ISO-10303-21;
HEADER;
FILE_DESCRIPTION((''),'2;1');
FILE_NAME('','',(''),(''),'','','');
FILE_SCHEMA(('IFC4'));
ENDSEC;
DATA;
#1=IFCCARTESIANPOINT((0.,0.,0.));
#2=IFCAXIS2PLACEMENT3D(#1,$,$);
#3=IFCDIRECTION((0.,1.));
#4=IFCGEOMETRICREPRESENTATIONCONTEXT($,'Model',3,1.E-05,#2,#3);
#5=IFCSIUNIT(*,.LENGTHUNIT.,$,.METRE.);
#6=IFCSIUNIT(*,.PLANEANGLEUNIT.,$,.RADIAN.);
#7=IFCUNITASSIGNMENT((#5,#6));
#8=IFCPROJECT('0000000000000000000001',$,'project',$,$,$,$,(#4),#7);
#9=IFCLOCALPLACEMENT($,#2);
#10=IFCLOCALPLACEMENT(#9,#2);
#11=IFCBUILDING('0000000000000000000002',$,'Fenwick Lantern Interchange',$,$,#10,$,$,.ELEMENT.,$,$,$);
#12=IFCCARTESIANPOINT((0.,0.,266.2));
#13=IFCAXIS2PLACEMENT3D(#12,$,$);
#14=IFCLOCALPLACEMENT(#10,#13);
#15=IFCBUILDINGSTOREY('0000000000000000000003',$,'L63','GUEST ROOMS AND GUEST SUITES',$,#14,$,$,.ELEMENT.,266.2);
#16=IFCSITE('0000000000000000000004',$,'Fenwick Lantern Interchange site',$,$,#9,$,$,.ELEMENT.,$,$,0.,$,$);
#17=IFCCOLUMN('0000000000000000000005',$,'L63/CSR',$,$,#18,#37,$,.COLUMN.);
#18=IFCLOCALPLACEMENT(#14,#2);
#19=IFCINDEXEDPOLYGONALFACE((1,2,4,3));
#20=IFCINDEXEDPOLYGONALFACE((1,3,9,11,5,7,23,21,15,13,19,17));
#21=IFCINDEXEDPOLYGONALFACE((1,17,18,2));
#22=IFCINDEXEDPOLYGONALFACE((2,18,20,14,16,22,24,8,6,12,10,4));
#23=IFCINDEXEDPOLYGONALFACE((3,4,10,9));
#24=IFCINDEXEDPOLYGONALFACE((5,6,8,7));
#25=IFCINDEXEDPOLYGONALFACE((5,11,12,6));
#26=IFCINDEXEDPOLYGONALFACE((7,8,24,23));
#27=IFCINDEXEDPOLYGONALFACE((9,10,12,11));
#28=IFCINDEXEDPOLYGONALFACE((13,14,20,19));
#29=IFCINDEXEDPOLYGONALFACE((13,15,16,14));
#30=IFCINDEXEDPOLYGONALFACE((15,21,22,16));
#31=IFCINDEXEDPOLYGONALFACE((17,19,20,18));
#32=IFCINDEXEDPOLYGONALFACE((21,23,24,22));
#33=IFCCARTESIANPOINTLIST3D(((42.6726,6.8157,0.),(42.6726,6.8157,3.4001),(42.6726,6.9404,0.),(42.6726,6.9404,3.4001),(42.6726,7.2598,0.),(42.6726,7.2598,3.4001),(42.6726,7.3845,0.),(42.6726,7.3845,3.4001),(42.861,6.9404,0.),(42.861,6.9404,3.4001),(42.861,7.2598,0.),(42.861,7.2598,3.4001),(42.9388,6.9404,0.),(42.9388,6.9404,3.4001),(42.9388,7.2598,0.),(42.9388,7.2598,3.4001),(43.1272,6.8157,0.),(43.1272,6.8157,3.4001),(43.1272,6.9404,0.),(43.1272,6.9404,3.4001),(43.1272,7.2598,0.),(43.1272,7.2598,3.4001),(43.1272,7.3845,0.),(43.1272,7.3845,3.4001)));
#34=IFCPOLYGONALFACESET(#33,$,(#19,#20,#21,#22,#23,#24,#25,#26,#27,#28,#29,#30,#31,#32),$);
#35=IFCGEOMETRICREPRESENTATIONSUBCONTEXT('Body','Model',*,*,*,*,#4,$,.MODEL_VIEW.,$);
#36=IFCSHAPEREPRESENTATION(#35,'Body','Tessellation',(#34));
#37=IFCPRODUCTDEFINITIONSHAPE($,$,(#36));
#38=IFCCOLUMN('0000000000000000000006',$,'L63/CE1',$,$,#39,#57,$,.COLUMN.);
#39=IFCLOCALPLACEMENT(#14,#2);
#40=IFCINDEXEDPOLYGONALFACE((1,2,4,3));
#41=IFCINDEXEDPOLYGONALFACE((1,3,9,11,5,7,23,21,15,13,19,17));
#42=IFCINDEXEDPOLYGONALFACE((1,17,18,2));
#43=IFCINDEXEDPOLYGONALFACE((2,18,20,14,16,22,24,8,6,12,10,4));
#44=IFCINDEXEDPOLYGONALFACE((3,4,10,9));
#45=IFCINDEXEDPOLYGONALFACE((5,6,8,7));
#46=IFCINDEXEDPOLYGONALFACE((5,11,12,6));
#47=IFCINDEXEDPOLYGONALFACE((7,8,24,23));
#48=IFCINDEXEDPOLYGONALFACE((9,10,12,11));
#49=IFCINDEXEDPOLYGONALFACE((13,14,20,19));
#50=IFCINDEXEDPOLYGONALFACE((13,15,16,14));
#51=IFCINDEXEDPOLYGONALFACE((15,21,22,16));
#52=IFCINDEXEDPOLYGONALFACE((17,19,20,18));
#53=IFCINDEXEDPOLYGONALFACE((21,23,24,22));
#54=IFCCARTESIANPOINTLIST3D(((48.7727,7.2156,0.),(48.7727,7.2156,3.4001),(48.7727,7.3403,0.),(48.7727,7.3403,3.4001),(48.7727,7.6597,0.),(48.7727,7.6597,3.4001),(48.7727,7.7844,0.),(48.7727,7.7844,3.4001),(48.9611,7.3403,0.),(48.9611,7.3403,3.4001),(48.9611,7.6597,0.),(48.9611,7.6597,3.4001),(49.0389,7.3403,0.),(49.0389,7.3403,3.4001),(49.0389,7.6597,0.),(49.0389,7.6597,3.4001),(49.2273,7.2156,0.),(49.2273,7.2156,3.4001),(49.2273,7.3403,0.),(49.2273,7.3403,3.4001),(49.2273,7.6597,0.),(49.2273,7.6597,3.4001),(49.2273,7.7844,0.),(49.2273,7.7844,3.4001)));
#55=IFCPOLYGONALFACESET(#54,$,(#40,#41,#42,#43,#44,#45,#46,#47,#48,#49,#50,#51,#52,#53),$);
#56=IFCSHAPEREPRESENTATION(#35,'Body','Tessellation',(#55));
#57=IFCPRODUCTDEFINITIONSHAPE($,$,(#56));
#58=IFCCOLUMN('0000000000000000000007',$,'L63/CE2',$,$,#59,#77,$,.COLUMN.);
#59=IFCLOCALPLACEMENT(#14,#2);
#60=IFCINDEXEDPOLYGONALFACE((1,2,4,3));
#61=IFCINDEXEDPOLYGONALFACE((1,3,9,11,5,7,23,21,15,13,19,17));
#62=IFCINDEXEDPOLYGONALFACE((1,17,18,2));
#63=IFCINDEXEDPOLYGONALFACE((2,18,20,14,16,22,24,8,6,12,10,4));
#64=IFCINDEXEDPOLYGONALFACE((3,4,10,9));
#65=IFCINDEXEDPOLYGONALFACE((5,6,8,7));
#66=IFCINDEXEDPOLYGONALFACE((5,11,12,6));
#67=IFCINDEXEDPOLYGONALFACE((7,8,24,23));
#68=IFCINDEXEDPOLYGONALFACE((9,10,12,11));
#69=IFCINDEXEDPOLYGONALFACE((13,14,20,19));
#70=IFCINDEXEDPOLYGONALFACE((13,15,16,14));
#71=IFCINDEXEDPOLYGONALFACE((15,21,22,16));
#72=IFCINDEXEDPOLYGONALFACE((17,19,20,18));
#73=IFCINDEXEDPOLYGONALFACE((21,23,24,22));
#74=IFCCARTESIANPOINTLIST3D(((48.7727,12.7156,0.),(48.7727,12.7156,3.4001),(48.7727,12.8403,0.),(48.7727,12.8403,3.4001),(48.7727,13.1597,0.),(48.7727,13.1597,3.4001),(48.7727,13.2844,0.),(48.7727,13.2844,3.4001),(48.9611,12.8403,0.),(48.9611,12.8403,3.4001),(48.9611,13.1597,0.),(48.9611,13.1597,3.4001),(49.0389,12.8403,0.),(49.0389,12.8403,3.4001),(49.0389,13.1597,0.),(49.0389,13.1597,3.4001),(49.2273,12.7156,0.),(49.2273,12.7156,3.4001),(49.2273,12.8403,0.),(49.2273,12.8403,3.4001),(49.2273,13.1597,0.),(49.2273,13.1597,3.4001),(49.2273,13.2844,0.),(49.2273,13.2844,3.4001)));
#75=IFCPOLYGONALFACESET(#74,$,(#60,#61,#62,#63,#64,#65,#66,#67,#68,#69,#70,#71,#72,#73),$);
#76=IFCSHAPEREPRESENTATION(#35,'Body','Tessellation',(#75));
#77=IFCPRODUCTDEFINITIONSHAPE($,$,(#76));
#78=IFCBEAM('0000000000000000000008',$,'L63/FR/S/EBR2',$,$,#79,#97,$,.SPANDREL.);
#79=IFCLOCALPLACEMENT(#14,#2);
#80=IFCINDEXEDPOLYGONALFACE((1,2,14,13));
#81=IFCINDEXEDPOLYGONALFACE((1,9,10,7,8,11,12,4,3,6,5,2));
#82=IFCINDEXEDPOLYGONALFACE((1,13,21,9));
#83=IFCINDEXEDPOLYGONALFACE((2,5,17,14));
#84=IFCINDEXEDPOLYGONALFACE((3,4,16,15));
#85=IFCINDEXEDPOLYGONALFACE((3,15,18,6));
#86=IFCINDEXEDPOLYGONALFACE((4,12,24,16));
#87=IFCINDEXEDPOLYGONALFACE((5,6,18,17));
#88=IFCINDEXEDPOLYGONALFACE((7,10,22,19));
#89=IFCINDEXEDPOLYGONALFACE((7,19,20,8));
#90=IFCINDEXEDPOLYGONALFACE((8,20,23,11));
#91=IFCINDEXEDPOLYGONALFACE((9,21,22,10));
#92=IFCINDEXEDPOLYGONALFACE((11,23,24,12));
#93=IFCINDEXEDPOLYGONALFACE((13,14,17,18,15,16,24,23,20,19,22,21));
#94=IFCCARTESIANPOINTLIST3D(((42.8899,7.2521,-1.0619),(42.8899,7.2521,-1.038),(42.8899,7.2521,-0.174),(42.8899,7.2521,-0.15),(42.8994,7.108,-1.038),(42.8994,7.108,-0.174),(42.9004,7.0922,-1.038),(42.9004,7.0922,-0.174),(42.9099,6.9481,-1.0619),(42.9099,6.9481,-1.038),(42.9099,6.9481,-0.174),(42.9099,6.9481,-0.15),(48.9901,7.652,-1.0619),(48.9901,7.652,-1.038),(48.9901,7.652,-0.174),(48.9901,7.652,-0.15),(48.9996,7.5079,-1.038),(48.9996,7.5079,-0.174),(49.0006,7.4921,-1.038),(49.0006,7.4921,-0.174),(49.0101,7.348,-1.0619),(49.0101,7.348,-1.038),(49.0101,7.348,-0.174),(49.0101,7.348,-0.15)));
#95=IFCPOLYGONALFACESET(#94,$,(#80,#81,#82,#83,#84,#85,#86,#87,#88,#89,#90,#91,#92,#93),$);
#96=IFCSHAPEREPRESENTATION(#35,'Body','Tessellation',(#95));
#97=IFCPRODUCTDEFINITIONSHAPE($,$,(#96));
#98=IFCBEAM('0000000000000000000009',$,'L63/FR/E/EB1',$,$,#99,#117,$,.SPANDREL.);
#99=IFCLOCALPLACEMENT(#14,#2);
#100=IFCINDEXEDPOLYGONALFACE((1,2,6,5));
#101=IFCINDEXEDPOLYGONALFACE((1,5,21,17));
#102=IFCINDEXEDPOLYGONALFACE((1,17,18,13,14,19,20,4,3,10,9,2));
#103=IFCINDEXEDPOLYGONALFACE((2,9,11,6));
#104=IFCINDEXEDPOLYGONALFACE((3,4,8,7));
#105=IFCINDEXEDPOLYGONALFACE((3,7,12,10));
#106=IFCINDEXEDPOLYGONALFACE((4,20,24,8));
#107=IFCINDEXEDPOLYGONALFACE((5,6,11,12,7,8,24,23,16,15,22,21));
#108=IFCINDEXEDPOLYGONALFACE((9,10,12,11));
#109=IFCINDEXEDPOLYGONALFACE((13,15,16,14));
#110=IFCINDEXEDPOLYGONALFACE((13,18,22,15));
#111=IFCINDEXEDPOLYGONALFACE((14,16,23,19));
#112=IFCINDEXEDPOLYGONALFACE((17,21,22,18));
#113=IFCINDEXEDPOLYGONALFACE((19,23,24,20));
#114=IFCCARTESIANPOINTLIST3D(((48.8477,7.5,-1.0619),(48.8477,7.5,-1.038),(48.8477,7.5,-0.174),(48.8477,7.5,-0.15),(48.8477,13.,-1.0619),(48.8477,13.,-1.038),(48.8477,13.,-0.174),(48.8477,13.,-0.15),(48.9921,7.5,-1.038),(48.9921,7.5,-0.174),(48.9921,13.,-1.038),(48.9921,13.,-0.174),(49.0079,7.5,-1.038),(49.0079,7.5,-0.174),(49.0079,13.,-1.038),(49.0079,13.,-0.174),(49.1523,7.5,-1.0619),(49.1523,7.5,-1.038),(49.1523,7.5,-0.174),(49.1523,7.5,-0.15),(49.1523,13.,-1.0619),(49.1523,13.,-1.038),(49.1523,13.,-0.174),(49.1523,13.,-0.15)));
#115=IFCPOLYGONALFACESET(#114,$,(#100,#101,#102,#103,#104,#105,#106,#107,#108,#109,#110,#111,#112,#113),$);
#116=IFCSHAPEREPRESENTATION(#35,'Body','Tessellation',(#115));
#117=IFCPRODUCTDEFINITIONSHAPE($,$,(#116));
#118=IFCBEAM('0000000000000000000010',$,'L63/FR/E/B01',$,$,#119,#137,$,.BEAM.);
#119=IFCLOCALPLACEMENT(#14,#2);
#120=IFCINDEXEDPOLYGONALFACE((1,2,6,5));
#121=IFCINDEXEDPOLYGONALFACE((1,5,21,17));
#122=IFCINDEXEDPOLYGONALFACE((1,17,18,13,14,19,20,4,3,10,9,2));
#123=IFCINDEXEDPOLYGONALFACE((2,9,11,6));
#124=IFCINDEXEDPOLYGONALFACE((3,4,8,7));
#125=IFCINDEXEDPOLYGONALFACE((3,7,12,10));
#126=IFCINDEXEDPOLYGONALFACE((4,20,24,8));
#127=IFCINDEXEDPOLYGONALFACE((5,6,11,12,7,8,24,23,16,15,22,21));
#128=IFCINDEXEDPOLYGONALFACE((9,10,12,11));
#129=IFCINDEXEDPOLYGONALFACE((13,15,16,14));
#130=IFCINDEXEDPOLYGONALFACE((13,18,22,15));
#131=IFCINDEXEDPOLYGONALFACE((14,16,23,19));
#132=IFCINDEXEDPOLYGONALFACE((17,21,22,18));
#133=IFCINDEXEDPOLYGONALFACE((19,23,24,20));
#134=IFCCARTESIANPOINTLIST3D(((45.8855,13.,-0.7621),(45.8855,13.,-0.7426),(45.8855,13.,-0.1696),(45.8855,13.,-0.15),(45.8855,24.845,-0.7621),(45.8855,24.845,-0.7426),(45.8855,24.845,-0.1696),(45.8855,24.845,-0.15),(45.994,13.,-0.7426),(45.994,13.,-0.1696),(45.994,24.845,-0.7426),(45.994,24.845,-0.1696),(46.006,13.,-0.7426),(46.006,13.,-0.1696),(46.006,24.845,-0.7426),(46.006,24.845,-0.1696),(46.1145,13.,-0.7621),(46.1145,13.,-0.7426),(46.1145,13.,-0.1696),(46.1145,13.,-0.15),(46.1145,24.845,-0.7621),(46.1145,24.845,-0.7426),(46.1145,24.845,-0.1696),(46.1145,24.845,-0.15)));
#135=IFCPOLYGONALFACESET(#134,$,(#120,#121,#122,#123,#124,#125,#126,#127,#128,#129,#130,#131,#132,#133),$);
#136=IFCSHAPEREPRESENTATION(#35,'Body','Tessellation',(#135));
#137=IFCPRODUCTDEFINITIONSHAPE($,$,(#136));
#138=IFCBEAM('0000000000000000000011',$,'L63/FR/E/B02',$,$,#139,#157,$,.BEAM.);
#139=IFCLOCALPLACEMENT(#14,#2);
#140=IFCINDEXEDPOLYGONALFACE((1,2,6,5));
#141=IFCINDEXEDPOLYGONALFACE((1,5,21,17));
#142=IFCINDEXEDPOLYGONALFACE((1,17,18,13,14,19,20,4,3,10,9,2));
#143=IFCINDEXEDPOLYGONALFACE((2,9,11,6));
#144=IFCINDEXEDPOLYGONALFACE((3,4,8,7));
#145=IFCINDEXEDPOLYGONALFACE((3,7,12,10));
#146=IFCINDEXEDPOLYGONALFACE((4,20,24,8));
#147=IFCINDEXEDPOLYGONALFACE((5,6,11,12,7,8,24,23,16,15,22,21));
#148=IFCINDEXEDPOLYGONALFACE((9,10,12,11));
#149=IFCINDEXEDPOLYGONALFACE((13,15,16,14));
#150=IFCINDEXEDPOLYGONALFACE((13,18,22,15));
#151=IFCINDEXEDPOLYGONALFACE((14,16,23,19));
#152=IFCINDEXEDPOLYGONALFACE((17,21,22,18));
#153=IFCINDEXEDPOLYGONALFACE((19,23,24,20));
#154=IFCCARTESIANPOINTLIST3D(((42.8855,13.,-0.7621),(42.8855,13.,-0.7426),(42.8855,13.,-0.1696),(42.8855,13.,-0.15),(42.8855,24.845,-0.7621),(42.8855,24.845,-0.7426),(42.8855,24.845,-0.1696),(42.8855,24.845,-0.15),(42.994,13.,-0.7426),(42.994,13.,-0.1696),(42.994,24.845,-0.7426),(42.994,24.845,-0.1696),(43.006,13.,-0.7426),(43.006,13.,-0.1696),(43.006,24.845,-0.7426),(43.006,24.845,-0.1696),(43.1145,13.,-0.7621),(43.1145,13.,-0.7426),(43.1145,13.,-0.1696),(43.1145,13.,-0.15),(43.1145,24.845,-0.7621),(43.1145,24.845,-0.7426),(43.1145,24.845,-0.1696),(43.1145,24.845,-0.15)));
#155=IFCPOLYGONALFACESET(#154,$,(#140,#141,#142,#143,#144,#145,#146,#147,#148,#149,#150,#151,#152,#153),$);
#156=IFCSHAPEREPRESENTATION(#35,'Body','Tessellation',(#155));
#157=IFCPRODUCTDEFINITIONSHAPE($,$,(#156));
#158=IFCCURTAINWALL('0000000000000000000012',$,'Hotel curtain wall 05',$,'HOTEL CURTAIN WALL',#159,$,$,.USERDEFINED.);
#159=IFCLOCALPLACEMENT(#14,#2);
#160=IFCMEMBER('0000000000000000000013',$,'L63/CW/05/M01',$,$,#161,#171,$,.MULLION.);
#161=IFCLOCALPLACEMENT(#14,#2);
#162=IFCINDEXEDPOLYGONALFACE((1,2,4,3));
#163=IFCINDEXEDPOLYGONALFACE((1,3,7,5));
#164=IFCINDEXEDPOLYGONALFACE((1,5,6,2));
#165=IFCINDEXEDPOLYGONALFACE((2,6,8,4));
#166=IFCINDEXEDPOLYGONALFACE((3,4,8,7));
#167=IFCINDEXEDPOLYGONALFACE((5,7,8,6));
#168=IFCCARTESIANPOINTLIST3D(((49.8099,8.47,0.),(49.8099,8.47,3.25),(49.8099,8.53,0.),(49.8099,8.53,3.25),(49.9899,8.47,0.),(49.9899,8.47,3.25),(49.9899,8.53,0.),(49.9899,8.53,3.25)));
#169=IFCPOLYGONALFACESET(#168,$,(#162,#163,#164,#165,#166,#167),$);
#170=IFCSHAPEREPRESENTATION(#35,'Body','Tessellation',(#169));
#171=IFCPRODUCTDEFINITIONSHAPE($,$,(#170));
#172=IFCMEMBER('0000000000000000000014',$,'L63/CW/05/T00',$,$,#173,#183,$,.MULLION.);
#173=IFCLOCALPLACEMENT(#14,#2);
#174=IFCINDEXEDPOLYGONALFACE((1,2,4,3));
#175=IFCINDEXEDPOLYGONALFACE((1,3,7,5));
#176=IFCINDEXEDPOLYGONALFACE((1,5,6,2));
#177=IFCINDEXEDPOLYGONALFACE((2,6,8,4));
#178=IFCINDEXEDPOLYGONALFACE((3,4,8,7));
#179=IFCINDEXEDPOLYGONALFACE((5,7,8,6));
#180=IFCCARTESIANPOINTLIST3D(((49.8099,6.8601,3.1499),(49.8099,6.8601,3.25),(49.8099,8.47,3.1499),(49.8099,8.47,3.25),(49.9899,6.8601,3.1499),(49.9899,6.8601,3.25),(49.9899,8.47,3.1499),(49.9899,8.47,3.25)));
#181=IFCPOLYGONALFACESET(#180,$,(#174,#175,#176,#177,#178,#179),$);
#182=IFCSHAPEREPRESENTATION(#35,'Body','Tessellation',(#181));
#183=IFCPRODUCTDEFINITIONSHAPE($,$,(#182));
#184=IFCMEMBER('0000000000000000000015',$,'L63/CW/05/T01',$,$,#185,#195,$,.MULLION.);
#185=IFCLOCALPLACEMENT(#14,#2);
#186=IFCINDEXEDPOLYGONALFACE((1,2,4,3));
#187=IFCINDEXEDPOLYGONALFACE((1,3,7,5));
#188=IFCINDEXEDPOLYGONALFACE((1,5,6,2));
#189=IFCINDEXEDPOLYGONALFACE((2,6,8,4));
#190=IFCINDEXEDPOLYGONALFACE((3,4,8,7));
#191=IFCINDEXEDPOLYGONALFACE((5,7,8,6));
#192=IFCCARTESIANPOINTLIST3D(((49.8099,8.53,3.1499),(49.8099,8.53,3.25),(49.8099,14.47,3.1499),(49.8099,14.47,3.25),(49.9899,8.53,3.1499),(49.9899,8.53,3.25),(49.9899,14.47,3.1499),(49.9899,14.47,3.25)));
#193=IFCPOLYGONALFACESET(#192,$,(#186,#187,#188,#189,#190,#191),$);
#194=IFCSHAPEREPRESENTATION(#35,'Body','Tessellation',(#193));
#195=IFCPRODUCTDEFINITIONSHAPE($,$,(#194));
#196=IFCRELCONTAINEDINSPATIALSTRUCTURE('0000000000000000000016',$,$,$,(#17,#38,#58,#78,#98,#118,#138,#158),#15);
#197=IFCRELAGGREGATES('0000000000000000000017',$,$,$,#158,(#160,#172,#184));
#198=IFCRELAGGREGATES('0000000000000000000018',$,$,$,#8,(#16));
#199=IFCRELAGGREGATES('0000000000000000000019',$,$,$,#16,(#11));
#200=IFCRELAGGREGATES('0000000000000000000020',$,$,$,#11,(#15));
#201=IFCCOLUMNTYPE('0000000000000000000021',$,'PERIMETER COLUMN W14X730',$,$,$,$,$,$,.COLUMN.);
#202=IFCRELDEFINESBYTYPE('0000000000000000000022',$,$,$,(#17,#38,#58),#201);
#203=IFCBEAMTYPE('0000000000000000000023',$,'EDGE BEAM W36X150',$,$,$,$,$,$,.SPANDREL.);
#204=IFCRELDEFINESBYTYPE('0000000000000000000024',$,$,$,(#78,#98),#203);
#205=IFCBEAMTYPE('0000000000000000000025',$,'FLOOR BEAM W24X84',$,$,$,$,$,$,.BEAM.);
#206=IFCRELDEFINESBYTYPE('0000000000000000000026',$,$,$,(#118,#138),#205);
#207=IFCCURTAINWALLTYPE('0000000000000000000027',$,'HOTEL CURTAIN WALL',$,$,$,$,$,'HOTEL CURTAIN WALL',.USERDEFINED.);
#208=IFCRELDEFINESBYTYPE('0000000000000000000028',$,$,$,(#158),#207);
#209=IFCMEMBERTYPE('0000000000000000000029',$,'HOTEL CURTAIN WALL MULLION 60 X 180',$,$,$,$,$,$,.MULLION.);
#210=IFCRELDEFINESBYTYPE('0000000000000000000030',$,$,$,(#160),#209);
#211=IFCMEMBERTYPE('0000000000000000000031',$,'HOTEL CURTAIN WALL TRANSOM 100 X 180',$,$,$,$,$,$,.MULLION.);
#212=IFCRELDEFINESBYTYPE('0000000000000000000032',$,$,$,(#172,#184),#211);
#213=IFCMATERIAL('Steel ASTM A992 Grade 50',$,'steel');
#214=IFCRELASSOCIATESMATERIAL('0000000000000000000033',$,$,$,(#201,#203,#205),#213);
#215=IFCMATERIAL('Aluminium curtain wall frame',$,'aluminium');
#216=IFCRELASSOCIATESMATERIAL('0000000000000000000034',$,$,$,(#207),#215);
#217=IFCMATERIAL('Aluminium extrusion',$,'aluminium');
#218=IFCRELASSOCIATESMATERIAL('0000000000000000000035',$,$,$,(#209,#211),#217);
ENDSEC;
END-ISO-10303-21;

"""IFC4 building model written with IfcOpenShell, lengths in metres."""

from ifc_helpers import new_model, si_unit, direction, frame, origin, origin_2d, place, context, subcontext, project, spatial, rectangle, i_section, extrude, material, material_profile, profile_set, type_object, element, aggregate, save


model = new_model("IFC4")

# Units and contexts
model_context = context("Model", 3, precision=1e-05, world=origin(), true_north=direction((0.0, 1.0)))
body_context = subcontext(model_context, "Body", "Model", "MODEL_VIEW")
ifc_project = project(units=[si_unit("LENGTHUNIT", "METRE"), si_unit("PLANEANGLEUNIT", "RADIAN")], contexts=[model_context])

# Site, building, storey
site_placement = place(None, origin())
site = spatial("IfcSite", under=ifc_project, at=site_placement, Name="Fenwick Lantern Interchange site", CompositionType="ELEMENT", RefElevation=0.0)
building_placement = place(site_placement, origin())
building = spatial("IfcBuilding", under=site, at=building_placement, Name="Fenwick Lantern Interchange", CompositionType="ELEMENT")
storey_placement = place(building_placement, frame((0.0, 0.0, 266.2)))
storey = spatial("IfcBuildingStorey", under=building, at=storey_placement, Name="L63", Description="GUEST ROOMS AND GUEST SUITES", CompositionType="ELEMENT", Elevation=266.2)

# Columns
ifc_material_1 = material(Name="Steel ASTM A992 Grade 50", Category="steel")
ifc_material_profile_1 = material_profile(ifc_material_1, i_section(OverallWidth=0.4546, OverallDepth=0.5688, WebThickness=0.0779, FlangeThickness=0.1248, at=origin_2d()), Name="W14X730")
ifc_profile_set_1 = profile_set([ifc_material_profile_1], Name="Steel ASTM A992 Grade 50")
column_type = type_object("IfcColumnType", Name="PERIMETER COLUMN W14X730", PredefinedType="COLUMN", material=ifc_profile_set_1)
for number, where, z_axis, x_axis, name in (
    (1, (42.8999, 7.1001, 0.0), (0.0, 0.0, 1.0), (1.0, 0.0, 0.0), "L63/CSR"),
    (2, (49.0, 7.5, 0.0), (0.0, 0.0, 1.0), (1.0, 0.0, 0.0), "L63/CE1"),
    (3, (49.0, 13.0, 0.0), (0.0, 0.0, 1.0), (1.0, 0.0, 0.0), "L63/CE2"),
):
    element("IfcColumn", number, at=place(storey_placement, frame(where, z_axis=z_axis, x_axis=x_axis)), inside=storey, type_object=column_type, Name=name, PredefinedType="COLUMN", context=body_context, shape_type="SweptSolid", body=[
        extrude(i_section(OverallWidth=0.4546, OverallDepth=0.5688, WebThickness=0.0779, FlangeThickness=0.1248, at=origin_2d()), origin(), (0.0, 0.0, 1.0), 3.4001),
    ])

# Beams
ifc_material_profile_2 = material_profile(ifc_material_1, i_section(OverallWidth=0.3047, OverallDepth=0.9119, WebThickness=0.0159, FlangeThickness=0.0239, at=origin_2d()), Name="W36X150")
ifc_profile_set_2 = profile_set([ifc_material_profile_2], Name="Steel ASTM A992 Grade 50")
beam_type_1 = type_object("IfcBeamType", Name="EDGE BEAM W36X150", PredefinedType="SPANDREL", material=ifc_profile_set_2)
beam_1_placement = place(storey_placement, frame((42.8999, 7.1001, -0.606), z_axis=(0.997858, 0.065416, 0.0), x_axis=(-0.065416, 0.997858, 0.0)))
element("IfcBeam", 4, at=beam_1_placement, inside=storey, type_object=beam_type_1, Name="L63/FR/S/EBR2", PredefinedType="SPANDREL", context=body_context, shape_type="SweptSolid", body=[
    extrude(i_section(OverallWidth=0.3047, OverallDepth=0.9119, WebThickness=0.0159, FlangeThickness=0.0239, at=origin_2d()), origin(), (0.0, 0.0, 1.0), 6.1133),
])
beam_2_placement = place(storey_placement, frame((49.0, 7.5, -0.606), z_axis=(0.0, 1.0, 0.0), x_axis=(-1.0, 0.0, 0.0)))
element("IfcBeam", 5, at=beam_2_placement, inside=storey, type_object=beam_type_1, Name="L63/FR/E/EB1", PredefinedType="SPANDREL", context=body_context, shape_type="SweptSolid", body=[
    extrude(i_section(OverallWidth=0.3047, OverallDepth=0.9119, WebThickness=0.0159, FlangeThickness=0.0239, at=origin_2d()), origin(), (0.0, 0.0, 1.0), 5.5),
])
ifc_material_profile_3 = material_profile(ifc_material_1, i_section(OverallWidth=0.229, OverallDepth=0.6121, WebThickness=0.012, FlangeThickness=0.0195, at=origin_2d()), Name="W24X84")
ifc_profile_set_3 = profile_set([ifc_material_profile_3], Name="Steel ASTM A992 Grade 50")
beam_type_2 = type_object("IfcBeamType", Name="FLOOR BEAM W24X84", PredefinedType="BEAM", material=ifc_profile_set_3)
for number, where, z_axis, x_axis, name in (
    (6, (46.0, 13.0, -0.4561), (0.0, 1.0, 0.0), (-1.0, 0.0, 0.0), "L63/FR/E/B01"),
    (7, (43.0, 13.0, -0.4561), (0.0, 1.0, 0.0), (-1.0, 0.0, 0.0), "L63/FR/E/B02"),
):
    element("IfcBeam", number, at=place(storey_placement, frame(where, z_axis=z_axis, x_axis=x_axis)), inside=storey, type_object=beam_type_2, Name=name, PredefinedType="BEAM", context=body_context, shape_type="SweptSolid", body=[
        extrude(i_section(OverallWidth=0.229, OverallDepth=0.6121, WebThickness=0.012, FlangeThickness=0.0195, at=origin_2d()), origin(), (0.0, 0.0, 1.0), 11.845),
    ])

# Curtain wall, members
ifc_material_2 = material(Name="Aluminium curtain wall frame", Category="aluminium")
curtain_wall_type = type_object("IfcCurtainWallType", Name="HOTEL CURTAIN WALL", ElementType="HOTEL CURTAIN WALL", PredefinedType="USERDEFINED", material=ifc_material_2)
curtain_wall_placement = place(storey_placement, origin())
curtain_wall = element("IfcCurtainWall", 8, at=curtain_wall_placement, inside=storey, type_object=curtain_wall_type, Name="Hotel curtain wall 05", ObjectType="HOTEL CURTAIN WALL", PredefinedType="USERDEFINED")
ifc_material_3 = material(Name="Aluminium extrusion", Category="aluminium")
ifc_material_profile_4 = material_profile(ifc_material_3, rectangle(XDim=0.1799, YDim=0.0601, at=origin_2d()), Name="HOTEL CURTAIN WALL MULLION 60 X 180")
ifc_profile_set_4 = profile_set([ifc_material_profile_4], Name="Aluminium extrusion")
member_type_1 = type_object("IfcMemberType", Name="HOTEL CURTAIN WALL MULLION 60 X 180", PredefinedType="MULLION", material=ifc_profile_set_4)
member_1_placement = place(storey_placement, frame((49.8999, 8.5, 0.0), z_axis=(0.0, 0.0, 1.0), x_axis=(-1.0, 0.0, 0.0)))
member_1 = element("IfcMember", 9, at=member_1_placement, type_object=member_type_1, Name="L63/CW/05/M01", PredefinedType="MULLION", context=body_context, shape_type="SweptSolid", body=[
    extrude(rectangle(XDim=0.1799, YDim=0.0601, at=origin_2d()), origin(), (0.0, 0.0, 1.0), 3.25),
])
ifc_material_profile_5 = material_profile(ifc_material_3, rectangle(XDim=0.1799, YDim=0.1001, at=origin_2d()), Name="HOTEL CURTAIN WALL TRANSOM 100 X 180")
ifc_profile_set_5 = profile_set([ifc_material_profile_5], Name="Aluminium extrusion")
member_type_2 = type_object("IfcMemberType", Name="HOTEL CURTAIN WALL TRANSOM 100 X 180", PredefinedType="MULLION", material=ifc_profile_set_5)
member_2_placement = place(storey_placement, frame((49.8999, 6.8601, 3.2), z_axis=(0.0, 1.0, 0.0), x_axis=(-1.0, 0.0, 0.0)))
member_2 = element("IfcMember", 10, at=member_2_placement, type_object=member_type_2, Name="L63/CW/05/T00", PredefinedType="MULLION", context=body_context, shape_type="SweptSolid", body=[
    extrude(rectangle(XDim=0.1799, YDim=0.1001, at=origin_2d()), origin(), (0.0, 0.0, 1.0), 1.6099),
])
member_3_placement = place(storey_placement, frame((49.8999, 8.53, 3.2), z_axis=(0.0, 1.0, 0.0), x_axis=(-1.0, 0.0, 0.0)))
member_3 = element("IfcMember", 11, at=member_3_placement, type_object=member_type_2, Name="L63/CW/05/T01", PredefinedType="MULLION", context=body_context, shape_type="SweptSolid", body=[
    extrude(rectangle(XDim=0.1799, YDim=0.1001, at=origin_2d()), origin(), (0.0, 0.0, 1.0), 5.9399),
])

aggregate(curtain_wall, [member_1, member_2, member_3])

save(model, "model.ifc")
